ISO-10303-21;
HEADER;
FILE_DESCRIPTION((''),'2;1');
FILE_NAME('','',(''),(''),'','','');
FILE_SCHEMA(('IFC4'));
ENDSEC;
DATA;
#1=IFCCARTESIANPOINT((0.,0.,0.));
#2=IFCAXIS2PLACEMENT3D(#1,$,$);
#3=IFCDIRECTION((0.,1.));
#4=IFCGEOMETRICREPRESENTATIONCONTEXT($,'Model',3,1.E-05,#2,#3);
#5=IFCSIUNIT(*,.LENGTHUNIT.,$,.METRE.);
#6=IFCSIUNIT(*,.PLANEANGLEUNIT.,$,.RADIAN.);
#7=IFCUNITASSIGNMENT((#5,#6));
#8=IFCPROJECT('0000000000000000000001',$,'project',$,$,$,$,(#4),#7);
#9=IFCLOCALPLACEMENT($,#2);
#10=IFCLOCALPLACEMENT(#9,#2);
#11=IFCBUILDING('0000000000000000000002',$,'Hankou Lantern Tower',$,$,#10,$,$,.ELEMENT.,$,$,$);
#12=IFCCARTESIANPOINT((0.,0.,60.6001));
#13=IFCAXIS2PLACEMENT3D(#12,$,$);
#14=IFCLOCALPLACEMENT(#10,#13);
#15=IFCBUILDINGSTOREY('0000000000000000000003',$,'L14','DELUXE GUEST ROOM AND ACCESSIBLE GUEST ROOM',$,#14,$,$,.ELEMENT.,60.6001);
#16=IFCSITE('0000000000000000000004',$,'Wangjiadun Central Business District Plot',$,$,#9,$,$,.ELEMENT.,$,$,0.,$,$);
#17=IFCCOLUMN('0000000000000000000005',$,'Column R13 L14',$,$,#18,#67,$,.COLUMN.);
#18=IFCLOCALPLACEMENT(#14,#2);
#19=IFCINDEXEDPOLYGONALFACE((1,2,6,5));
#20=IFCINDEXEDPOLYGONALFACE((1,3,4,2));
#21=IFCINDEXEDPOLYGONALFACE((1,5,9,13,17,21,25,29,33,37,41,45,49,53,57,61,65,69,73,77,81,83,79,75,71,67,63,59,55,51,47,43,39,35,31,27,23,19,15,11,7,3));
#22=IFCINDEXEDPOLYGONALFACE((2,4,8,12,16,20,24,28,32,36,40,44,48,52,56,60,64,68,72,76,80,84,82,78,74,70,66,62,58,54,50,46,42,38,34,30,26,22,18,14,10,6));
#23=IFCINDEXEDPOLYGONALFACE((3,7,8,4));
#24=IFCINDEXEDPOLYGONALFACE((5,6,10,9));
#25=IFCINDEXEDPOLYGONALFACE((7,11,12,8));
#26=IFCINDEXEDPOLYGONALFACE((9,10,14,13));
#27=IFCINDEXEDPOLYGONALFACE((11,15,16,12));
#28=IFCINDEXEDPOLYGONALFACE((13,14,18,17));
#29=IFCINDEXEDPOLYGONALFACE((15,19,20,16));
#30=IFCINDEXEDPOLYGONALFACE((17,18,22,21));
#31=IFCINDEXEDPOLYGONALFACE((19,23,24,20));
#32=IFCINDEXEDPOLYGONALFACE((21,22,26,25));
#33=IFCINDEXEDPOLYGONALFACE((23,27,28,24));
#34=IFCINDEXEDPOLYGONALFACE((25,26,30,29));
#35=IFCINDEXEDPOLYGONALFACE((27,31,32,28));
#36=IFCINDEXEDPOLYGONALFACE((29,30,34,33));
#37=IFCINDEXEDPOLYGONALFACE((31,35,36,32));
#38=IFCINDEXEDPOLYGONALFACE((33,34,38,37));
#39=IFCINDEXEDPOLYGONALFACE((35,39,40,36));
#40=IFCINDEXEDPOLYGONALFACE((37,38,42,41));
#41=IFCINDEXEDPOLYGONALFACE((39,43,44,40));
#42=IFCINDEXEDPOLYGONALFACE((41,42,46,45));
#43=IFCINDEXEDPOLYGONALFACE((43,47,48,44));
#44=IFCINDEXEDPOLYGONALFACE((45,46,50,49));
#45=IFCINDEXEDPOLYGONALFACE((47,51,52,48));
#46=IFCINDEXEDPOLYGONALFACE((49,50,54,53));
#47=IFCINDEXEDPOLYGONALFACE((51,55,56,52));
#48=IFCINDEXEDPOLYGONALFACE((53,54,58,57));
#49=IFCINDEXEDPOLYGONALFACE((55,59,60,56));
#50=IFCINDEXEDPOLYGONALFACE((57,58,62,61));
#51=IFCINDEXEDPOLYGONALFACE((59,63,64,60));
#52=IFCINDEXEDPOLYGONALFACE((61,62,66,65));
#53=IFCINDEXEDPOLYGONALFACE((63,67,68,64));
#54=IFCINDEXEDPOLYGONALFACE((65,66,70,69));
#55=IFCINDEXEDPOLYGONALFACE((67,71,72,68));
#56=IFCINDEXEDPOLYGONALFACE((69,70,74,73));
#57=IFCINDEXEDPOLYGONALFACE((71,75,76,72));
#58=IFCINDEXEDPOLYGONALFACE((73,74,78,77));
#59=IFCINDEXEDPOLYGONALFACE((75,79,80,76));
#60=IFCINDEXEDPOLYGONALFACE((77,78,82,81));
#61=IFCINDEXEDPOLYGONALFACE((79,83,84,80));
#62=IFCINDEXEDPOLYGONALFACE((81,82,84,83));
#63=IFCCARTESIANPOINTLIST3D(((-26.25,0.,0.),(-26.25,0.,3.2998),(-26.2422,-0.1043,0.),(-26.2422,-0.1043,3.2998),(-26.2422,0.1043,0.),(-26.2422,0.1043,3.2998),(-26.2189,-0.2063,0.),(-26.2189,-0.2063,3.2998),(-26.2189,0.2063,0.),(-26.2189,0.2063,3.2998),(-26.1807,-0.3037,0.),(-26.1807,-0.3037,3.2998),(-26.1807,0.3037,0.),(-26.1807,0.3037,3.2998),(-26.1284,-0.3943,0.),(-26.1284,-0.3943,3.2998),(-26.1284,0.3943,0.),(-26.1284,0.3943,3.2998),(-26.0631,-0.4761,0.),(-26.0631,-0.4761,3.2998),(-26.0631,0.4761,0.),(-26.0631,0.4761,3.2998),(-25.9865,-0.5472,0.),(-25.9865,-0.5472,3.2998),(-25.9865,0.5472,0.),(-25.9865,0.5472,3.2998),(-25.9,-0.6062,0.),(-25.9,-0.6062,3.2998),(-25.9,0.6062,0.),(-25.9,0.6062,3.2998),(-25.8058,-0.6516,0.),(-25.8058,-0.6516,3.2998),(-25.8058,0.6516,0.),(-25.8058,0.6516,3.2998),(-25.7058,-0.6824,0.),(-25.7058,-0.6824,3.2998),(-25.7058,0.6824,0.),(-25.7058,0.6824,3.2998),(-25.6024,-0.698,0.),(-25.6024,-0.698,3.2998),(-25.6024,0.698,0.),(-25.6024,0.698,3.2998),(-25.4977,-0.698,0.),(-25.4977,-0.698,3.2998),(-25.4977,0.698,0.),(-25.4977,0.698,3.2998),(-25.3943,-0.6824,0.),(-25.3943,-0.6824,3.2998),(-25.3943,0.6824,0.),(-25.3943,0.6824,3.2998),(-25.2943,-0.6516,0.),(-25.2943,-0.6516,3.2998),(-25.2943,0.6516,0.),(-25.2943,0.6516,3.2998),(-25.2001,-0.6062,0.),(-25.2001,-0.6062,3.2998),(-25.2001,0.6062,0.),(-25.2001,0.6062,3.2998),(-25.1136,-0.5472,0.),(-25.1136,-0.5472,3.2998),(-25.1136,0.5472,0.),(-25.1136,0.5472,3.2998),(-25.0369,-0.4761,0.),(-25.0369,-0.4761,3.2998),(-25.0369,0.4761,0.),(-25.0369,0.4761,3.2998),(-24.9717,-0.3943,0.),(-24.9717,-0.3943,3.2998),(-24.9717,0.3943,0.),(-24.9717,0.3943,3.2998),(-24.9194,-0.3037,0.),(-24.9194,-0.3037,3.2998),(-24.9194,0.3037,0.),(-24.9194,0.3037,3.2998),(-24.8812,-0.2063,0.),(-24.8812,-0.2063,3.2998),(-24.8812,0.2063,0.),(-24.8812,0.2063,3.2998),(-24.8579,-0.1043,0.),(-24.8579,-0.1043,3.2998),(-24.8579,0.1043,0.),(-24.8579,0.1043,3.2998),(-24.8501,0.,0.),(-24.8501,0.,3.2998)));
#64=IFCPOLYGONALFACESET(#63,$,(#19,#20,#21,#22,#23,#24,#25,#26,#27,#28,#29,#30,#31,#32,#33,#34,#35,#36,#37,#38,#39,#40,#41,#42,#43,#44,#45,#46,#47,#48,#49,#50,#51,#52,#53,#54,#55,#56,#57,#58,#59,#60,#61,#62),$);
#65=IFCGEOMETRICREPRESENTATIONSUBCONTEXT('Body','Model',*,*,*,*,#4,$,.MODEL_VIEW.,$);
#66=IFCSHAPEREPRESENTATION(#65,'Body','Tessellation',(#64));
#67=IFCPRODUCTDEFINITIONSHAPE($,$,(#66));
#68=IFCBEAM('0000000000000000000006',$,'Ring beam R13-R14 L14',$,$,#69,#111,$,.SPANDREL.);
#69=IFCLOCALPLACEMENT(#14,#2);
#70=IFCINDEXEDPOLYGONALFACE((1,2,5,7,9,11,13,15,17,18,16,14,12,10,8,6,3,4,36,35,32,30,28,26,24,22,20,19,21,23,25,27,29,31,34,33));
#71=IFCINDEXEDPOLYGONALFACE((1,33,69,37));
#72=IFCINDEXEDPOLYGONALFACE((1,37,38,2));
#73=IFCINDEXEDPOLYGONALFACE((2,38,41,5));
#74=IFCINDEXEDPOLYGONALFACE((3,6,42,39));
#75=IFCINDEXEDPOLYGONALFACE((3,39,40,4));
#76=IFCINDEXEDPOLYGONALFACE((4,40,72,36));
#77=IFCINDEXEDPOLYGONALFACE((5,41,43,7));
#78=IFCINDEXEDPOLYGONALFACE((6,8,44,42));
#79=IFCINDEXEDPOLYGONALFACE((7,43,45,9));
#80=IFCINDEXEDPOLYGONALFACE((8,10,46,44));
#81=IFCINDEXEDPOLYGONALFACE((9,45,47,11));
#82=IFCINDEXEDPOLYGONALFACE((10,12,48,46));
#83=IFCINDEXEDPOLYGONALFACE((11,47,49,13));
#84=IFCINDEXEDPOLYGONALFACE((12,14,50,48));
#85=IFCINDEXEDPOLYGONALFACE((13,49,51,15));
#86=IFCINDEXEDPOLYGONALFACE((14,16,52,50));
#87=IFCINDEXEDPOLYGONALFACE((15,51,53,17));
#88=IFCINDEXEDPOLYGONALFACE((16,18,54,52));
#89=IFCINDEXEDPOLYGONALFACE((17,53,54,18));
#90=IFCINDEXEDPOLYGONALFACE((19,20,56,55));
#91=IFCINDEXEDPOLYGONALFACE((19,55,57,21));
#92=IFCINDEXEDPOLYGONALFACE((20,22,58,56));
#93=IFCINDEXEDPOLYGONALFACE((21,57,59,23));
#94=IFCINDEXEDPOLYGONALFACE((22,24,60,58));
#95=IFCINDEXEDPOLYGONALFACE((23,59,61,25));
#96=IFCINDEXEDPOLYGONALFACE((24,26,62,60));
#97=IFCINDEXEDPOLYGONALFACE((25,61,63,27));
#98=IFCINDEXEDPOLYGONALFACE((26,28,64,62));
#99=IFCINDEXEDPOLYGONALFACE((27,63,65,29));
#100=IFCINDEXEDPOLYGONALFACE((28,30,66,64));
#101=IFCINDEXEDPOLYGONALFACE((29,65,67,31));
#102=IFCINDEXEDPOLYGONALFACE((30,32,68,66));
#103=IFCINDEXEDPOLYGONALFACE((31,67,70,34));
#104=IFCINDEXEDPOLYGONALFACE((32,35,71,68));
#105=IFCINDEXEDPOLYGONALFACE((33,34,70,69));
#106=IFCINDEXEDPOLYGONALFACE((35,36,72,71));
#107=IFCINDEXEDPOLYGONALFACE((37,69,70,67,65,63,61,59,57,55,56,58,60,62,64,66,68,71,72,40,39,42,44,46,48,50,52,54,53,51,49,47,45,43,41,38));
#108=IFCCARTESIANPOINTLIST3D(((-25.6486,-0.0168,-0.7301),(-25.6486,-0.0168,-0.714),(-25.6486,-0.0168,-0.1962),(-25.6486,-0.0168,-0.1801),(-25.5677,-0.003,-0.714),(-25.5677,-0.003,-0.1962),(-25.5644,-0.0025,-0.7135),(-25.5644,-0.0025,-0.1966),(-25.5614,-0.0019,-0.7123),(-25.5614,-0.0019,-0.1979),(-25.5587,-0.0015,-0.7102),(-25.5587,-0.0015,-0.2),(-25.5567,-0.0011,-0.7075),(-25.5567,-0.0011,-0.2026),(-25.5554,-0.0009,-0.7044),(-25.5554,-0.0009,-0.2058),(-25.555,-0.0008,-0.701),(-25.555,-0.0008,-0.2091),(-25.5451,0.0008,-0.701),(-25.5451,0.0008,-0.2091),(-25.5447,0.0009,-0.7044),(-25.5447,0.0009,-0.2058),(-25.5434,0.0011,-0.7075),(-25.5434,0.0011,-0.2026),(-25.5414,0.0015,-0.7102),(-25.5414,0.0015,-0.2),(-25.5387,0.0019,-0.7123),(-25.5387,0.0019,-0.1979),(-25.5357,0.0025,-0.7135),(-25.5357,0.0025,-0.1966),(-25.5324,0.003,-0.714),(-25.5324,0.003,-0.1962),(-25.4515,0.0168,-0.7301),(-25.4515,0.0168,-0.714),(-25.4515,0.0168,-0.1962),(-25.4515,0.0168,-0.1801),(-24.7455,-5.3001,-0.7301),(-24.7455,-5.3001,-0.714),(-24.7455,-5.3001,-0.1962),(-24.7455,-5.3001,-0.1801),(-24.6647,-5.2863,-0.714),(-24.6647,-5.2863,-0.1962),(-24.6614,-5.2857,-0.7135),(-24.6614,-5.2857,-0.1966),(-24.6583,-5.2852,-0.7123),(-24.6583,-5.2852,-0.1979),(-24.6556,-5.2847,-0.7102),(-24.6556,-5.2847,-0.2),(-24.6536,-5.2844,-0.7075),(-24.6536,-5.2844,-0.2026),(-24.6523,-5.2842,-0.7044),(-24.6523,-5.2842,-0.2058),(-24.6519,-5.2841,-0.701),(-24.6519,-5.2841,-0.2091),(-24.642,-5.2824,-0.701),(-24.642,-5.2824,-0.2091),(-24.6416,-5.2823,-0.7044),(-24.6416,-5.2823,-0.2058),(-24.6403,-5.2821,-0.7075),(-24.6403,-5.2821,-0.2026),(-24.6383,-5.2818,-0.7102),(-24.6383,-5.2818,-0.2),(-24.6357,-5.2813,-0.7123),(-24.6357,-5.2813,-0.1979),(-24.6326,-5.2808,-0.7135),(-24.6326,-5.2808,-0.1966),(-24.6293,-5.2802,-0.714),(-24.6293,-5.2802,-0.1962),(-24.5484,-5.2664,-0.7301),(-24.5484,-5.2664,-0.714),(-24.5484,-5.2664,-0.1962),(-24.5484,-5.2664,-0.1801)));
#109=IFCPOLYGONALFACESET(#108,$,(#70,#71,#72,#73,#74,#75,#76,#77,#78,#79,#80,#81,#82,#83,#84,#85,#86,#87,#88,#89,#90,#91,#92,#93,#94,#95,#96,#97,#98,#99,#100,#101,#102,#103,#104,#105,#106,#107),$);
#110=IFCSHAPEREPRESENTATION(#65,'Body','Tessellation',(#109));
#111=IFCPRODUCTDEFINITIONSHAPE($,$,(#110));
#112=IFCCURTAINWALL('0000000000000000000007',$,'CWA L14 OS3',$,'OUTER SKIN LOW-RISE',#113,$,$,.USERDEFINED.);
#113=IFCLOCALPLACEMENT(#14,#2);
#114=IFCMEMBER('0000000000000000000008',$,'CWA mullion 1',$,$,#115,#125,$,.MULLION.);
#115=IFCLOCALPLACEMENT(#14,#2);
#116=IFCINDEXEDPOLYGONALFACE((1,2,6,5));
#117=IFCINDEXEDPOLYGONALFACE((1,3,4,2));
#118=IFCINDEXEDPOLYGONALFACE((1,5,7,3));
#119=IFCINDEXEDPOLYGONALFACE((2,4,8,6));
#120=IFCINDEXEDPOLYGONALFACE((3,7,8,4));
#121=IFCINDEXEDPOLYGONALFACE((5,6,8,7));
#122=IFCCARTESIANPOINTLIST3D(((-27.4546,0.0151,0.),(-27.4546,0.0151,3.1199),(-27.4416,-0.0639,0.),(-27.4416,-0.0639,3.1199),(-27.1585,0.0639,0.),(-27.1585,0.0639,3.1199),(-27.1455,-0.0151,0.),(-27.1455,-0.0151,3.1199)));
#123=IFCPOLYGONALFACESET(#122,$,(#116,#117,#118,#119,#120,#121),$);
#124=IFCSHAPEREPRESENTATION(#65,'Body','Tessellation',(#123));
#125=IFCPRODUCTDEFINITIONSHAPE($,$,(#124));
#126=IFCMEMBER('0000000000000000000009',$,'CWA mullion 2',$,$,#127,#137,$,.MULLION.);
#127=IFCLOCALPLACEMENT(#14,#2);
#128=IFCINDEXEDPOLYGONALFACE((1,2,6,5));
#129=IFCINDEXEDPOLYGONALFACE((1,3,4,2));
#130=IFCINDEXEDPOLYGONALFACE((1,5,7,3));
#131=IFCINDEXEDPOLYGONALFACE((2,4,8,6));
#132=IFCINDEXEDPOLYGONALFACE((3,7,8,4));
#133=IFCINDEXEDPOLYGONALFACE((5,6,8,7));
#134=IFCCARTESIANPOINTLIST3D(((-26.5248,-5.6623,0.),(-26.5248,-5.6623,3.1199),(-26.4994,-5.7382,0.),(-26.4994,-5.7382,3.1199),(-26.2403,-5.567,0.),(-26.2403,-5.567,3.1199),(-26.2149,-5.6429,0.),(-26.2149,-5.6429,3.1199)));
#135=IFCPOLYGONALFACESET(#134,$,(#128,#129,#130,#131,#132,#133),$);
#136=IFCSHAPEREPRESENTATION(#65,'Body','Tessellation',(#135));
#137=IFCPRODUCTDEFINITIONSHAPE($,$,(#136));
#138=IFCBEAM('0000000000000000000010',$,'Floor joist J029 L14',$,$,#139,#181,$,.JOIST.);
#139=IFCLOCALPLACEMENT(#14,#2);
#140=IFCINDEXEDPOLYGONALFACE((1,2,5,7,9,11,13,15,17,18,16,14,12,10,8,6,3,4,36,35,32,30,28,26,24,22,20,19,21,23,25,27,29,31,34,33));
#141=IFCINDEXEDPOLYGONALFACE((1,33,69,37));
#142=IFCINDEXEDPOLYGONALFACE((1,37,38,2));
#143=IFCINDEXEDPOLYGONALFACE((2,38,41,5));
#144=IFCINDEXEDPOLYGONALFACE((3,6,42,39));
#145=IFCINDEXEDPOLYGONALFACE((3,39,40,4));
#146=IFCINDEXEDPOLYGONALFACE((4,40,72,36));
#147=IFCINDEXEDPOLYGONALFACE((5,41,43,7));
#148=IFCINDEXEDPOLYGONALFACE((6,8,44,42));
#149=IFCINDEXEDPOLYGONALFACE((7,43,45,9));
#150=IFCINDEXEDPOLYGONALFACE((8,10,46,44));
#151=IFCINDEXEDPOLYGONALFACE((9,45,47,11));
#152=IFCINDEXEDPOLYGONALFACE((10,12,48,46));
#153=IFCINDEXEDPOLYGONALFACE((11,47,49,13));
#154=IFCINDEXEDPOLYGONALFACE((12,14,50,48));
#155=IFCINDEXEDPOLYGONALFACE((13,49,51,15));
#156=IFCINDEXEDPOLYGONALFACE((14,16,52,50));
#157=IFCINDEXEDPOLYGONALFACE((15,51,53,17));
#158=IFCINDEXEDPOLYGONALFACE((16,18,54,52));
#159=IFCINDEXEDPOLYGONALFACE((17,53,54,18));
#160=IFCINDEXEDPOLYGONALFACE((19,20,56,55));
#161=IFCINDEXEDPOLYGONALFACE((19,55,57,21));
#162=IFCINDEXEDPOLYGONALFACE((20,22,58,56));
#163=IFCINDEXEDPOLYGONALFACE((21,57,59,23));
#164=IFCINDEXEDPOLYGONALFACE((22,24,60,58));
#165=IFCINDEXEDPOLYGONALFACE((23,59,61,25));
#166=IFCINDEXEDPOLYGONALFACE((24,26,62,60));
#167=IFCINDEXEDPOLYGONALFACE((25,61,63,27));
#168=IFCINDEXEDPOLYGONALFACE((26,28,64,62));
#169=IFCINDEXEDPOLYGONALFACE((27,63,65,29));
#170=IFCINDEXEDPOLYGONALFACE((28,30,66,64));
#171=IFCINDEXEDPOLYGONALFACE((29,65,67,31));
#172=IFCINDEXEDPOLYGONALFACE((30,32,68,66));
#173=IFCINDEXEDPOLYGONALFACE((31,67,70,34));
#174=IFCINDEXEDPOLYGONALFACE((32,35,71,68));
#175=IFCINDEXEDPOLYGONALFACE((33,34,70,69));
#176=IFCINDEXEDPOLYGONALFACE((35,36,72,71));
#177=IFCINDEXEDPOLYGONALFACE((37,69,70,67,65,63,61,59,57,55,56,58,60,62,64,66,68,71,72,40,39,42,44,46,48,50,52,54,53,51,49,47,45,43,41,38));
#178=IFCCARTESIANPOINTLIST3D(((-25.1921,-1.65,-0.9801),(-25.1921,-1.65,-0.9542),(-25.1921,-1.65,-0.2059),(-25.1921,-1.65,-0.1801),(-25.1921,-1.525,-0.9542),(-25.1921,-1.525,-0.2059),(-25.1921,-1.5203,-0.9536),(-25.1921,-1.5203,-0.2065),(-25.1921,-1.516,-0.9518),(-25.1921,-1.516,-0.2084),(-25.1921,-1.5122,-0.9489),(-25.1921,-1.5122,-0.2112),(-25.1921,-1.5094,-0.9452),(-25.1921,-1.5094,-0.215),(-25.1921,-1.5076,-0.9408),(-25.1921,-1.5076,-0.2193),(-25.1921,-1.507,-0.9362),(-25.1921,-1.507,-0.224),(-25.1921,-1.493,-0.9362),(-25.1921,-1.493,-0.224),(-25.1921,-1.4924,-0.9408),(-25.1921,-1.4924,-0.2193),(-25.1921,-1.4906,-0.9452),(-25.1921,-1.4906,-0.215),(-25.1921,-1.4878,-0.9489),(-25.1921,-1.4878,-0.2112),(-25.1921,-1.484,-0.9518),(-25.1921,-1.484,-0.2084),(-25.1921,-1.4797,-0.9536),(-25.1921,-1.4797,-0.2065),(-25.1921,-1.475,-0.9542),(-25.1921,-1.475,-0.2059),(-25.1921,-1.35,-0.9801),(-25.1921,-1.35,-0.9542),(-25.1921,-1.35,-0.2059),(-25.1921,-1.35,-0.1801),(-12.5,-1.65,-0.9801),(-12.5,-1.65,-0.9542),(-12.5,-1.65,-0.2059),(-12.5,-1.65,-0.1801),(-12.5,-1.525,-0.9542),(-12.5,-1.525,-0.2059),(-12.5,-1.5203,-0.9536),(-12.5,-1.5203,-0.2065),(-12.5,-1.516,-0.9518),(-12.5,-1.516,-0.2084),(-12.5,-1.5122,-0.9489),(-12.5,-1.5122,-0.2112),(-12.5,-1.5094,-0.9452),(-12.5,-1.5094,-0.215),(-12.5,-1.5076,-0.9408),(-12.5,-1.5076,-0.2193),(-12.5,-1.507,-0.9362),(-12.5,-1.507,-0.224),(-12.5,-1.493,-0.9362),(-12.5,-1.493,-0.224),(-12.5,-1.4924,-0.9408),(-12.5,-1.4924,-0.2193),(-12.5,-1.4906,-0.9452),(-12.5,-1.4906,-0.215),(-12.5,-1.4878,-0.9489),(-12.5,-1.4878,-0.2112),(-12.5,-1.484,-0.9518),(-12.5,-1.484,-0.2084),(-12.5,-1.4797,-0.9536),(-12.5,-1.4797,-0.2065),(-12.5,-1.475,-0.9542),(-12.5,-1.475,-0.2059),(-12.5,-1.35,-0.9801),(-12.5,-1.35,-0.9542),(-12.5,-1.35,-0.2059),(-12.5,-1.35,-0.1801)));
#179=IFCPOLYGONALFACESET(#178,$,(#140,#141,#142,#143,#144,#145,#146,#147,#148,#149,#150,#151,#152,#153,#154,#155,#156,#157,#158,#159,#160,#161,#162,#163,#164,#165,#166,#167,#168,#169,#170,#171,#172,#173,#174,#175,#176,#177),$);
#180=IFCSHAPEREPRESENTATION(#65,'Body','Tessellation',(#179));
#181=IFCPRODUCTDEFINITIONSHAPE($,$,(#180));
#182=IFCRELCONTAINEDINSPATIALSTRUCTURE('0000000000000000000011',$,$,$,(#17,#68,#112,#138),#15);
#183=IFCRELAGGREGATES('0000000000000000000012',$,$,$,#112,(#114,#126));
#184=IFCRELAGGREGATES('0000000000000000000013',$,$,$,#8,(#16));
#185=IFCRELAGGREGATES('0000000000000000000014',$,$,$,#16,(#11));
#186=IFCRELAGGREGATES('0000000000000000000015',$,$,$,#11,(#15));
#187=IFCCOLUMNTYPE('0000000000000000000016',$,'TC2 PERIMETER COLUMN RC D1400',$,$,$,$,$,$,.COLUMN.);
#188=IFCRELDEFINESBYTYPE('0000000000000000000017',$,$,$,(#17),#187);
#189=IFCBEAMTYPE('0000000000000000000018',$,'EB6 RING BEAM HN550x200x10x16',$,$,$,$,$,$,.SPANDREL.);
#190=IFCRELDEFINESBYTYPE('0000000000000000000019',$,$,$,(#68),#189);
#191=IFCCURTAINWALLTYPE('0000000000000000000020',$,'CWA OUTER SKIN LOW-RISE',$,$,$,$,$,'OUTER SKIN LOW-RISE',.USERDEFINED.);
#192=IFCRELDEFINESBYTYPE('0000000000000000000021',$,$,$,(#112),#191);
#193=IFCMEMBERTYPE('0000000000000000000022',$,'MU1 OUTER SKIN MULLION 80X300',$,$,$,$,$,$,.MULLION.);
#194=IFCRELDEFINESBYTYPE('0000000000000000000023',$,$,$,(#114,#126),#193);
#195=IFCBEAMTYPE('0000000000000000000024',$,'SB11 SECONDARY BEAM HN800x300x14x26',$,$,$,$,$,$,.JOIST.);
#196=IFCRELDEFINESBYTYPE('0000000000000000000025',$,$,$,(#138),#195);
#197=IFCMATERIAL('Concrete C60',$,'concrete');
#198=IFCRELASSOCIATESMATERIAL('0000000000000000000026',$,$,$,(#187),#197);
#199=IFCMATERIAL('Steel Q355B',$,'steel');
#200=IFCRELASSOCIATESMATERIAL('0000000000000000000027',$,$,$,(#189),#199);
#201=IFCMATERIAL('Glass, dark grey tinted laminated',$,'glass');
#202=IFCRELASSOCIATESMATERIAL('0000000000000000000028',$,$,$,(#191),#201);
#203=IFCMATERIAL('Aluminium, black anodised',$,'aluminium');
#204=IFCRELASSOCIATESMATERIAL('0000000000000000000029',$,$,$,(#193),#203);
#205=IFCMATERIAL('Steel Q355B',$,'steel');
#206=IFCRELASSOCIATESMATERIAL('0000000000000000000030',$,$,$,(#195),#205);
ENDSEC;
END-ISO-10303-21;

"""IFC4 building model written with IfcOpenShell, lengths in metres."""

from ifc_helpers import new_model, si_unit, direction, frame, origin, origin_2d, place, context, subcontext, project, spatial, rectangle, circle, i_section, extrude, material, material_profile, profile_set, type_object, element, aggregate, save


model = new_model("IFC4")

# Units and contexts
model_context = context("Model", 3, precision=1e-05, world=origin(), true_north=direction((0.0, 1.0)))
body_context = subcontext(model_context, "Body", "Model", "MODEL_VIEW")
ifc_project = project(units=[si_unit("LENGTHUNIT", "METRE"), si_unit("PLANEANGLEUNIT", "RADIAN")], contexts=[model_context])

# Site, building, storey
site_placement = place(None, origin())
site = spatial("IfcSite", under=ifc_project, at=site_placement, Name="Wangjiadun Central Business District Plot", CompositionType="ELEMENT", RefElevation=0.0)
building_placement = place(site_placement, origin())
building = spatial("IfcBuilding", under=site, at=building_placement, Name="Hankou Lantern Tower", CompositionType="ELEMENT")
storey_placement = place(building_placement, frame((0.0, 0.0, 60.6001)))
storey = spatial("IfcBuildingStorey", under=building, at=storey_placement, Name="L14", Description="DELUXE GUEST ROOM AND ACCESSIBLE GUEST ROOM", CompositionType="ELEMENT", Elevation=60.6001)

# Column
ifc_material_1 = material(Name="Concrete C60", Category="concrete")
ifc_material_profile_1 = material_profile(ifc_material_1, circle(Radius=0.7, at=origin_2d()), Name="RC D1400")
ifc_profile_set_1 = profile_set([ifc_material_profile_1], Name="Concrete C60")
column_type = type_object("IfcColumnType", Name="TC2 PERIMETER COLUMN RC D1400", PredefinedType="COLUMN", material=ifc_profile_set_1)
column_placement = place(storey_placement, frame((-25.55, 0.0, 0.0), z_axis=(0.0, 0.0, 1.0), x_axis=(1.0, 0.0, 0.0)))
element("IfcColumn", 1, at=column_placement, inside=storey, type_object=column_type, Name="Column R13 L14", PredefinedType="COLUMN", context=body_context, shape_type="SweptSolid", body=[
    extrude(circle(Radius=0.7, at=origin_2d()), origin(), (0.0, 0.0, 1.0), 3.2998),
])

# Beam
ifc_material_2 = material(Name="Steel Q355B", Category="steel")
ifc_material_profile_2 = material_profile(ifc_material_2, i_section(OverallWidth=0.2, OverallDepth=0.55, WebThickness=0.01, FlangeThickness=0.0161, FilletRadius=0.0129, at=origin_2d()), Name="HN550x200x10x16")
ifc_profile_set_2 = profile_set([ifc_material_profile_2], Name="Steel Q355B")
beam_type_1 = type_object("IfcBeamType", Name="EB6 RING BEAM HN550x200x10x16", PredefinedType="SPANDREL", material=ifc_profile_set_2)
beam_placement = place(storey_placement, frame((-25.55, 0.0, -0.4551), z_axis=(0.16849, -0.985703, 0.0), x_axis=(0.985703, 0.16849, 0.0)))
element("IfcBeam", 2, at=beam_placement, inside=storey, type_object=beam_type_1, Name="Ring beam R13-R14 L14", PredefinedType="SPANDREL", context=body_context, shape_type="SweptSolid", body=[
    extrude(i_section(OverallWidth=0.2, OverallDepth=0.55, WebThickness=0.01, FlangeThickness=0.0161, FilletRadius=0.0129, at=origin_2d()), origin(), (0.0, 0.0, 1.0), 5.3599),
])

# Curtain wall, members
ifc_material_3 = material(Name="Glass, dark grey tinted laminated", Category="glass")
curtain_wall_type = type_object("IfcCurtainWallType", Name="CWA OUTER SKIN LOW-RISE", ElementType="OUTER SKIN LOW-RISE", PredefinedType="USERDEFINED", material=ifc_material_3)
curtain_wall_1_placement = place(storey_placement, origin())
curtain_wall_1 = element("IfcCurtainWall", 3, at=curtain_wall_1_placement, inside=storey, type_object=curtain_wall_type, Name="CWA L14 OS3", ObjectType="OUTER SKIN LOW-RISE", PredefinedType="USERDEFINED")
ifc_material_4 = material(Name="Aluminium, black anodised", Category="aluminium")
ifc_material_profile_3 = material_profile(ifc_material_4, rectangle(XDim=0.0801, YDim=0.3, at=origin_2d()), Name="MU1 80X300")
ifc_profile_set_3 = profile_set([ifc_material_profile_3], Name="Aluminium, black anodised")
member_type_1 = type_object("IfcMemberType", Name="MU1 OUTER SKIN MULLION 80X300", PredefinedType="MULLION", material=ifc_profile_set_3)
member_1_placement = place(storey_placement, frame((-27.3, 0.0, 0.0), z_axis=(0.0, 0.0, 1.0), x_axis=(0.162382, -0.986728, 0.0)))
member_1 = element("IfcMember", 4, at=member_1_placement, type_object=member_type_1, Name="CWA mullion 1", PredefinedType="MULLION", context=body_context, shape_type="SweptSolid", body=[
    extrude(rectangle(XDim=0.0801, YDim=0.3, at=origin_2d()), origin(), (0.0, 0.0, 1.0), 3.1199),
])
member_2_placement = place(storey_placement, frame((-26.3699, -5.6526, 0.0), z_axis=(0.0, 0.0, 1.0), x_axis=(0.317596, -0.948226, 0.0)))
member_2 = element("IfcMember", 5, at=member_2_placement, type_object=member_type_1, Name="CWA mullion 2", PredefinedType="MULLION", context=body_context, shape_type="SweptSolid", body=[
    extrude(rectangle(XDim=0.0801, YDim=0.3, at=origin_2d()), origin(), (0.0, 0.0, 1.0), 3.1199),
])

# Beam
ifc_material_5 = material(Name="Steel Q355B", Category="steel")
ifc_material_profile_4 = material_profile(ifc_material_5, i_section(OverallWidth=0.3, OverallDepth=0.8, WebThickness=0.0139, FlangeThickness=0.0259, FilletRadius=0.0181, at=origin_2d()), Name="HN800x300x14x26")
ifc_profile_set_4 = profile_set([ifc_material_profile_4], Name="Steel Q355B")
beam_type_2 = type_object("IfcBeamType", Name="SB11 SECONDARY BEAM HN800x300x14x26", PredefinedType="JOIST", material=ifc_profile_set_4)
for number, where, z_axis, x_axis, name in (
    (6, (-25.1921, -1.5, -0.5801), (1.0, 0.0, 0.0), (0.0, 1.0, 0.0), "Floor joist J029 L14"),
):
    element("IfcBeam", number, at=place(storey_placement, frame(where, z_axis=z_axis, x_axis=x_axis)), inside=storey, type_object=beam_type_2, Name=name, PredefinedType="JOIST", context=body_context, shape_type="SweptSolid", body=[
        extrude(i_section(OverallWidth=0.3, OverallDepth=0.8, WebThickness=0.0139, FlangeThickness=0.0259, FilletRadius=0.0181, at=origin_2d()), origin(), (0.0, 0.0, 1.0), 12.6921),
    ])

aggregate(curtain_wall_1, [member_1, member_2])

save(model, "model.ifc")
